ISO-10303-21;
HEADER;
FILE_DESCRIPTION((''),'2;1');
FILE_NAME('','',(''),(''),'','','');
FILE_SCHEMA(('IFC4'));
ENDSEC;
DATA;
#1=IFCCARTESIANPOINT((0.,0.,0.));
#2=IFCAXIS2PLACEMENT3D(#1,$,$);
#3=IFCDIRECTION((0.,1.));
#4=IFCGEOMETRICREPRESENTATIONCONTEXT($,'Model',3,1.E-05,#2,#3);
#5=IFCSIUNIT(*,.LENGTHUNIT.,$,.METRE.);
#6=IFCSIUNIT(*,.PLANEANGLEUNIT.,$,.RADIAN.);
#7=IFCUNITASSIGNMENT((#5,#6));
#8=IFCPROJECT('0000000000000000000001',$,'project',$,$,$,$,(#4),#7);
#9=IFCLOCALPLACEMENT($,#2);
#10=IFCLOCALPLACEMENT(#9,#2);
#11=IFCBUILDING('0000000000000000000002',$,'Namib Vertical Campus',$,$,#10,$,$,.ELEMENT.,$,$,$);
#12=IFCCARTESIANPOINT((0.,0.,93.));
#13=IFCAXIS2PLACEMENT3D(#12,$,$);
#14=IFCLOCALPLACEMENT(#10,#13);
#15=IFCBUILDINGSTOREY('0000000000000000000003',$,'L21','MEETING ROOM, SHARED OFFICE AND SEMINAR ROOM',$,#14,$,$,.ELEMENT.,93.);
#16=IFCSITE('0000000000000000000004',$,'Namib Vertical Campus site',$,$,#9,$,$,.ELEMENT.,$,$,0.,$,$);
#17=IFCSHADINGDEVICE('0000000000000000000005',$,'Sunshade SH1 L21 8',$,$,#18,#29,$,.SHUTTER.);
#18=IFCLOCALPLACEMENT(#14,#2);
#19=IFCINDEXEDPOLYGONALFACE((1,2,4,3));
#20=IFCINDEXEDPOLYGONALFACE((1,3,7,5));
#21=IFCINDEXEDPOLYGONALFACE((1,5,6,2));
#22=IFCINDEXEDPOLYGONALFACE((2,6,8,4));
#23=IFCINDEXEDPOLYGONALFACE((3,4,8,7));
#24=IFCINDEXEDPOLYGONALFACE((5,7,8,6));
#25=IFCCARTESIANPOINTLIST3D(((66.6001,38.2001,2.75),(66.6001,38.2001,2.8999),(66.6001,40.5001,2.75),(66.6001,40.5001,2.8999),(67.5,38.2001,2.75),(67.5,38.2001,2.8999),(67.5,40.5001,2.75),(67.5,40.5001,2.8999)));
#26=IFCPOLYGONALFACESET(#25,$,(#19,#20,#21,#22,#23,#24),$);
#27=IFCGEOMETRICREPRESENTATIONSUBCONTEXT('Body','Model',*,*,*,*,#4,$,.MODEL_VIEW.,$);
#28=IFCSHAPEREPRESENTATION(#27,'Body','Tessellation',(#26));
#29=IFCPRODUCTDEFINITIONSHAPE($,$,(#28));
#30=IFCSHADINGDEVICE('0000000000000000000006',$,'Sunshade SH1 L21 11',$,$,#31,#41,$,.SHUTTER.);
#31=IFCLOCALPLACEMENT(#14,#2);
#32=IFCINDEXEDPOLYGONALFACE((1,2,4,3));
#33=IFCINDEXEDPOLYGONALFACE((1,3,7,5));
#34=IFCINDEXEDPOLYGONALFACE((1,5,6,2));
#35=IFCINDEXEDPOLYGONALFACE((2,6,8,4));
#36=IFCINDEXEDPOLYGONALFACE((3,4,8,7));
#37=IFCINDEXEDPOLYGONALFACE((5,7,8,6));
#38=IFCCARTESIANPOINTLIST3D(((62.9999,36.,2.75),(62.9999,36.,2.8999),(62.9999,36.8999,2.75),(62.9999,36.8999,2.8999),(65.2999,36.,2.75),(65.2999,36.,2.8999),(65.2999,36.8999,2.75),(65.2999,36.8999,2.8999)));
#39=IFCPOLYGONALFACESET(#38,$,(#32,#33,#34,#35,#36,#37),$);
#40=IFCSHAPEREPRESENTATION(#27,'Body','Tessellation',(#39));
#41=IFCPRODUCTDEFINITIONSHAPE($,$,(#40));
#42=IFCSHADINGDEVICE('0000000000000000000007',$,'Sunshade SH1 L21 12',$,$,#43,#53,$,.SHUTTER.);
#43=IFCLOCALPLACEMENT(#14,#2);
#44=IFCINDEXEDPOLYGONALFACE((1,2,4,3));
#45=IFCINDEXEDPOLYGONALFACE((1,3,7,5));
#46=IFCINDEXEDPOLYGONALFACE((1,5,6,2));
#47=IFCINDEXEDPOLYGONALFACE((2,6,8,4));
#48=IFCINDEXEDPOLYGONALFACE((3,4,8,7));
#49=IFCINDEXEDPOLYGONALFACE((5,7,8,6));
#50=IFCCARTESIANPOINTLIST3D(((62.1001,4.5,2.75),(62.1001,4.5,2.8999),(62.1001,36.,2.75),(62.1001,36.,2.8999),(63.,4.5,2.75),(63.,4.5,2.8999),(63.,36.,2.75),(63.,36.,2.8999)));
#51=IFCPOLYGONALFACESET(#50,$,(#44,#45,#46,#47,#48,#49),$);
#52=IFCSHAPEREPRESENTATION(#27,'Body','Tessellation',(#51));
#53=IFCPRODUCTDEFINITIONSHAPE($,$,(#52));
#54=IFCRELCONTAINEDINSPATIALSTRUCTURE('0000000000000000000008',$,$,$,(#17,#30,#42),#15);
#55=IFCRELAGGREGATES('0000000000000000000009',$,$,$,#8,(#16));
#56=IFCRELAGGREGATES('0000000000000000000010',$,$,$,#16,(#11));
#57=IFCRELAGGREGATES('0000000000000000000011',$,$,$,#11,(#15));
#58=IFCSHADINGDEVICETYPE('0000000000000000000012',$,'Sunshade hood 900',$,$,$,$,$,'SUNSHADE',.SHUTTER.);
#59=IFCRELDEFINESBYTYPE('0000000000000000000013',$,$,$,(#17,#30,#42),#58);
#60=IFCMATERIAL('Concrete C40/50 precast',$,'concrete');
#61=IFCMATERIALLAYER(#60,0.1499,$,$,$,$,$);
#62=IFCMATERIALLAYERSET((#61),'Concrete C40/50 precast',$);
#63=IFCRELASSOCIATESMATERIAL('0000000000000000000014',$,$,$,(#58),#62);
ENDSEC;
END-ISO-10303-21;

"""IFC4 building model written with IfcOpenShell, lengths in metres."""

from ifc_helpers import new_model, si_unit, direction, frame, origin, origin_2d, place, context, subcontext, project, spatial, rectangle, extrude, material, layer, layer_set, type_object, element, save


model = new_model("IFC4")

# Units and contexts
model_context = context("Model", 3, precision=1e-05, world=origin(), true_north=direction((0.0, 1.0)))
body_context = subcontext(model_context, "Body", "Model", "MODEL_VIEW")
ifc_project = project(units=[si_unit("LENGTHUNIT", "METRE"), si_unit("PLANEANGLEUNIT", "RADIAN")], contexts=[model_context])

# Site, building, storey
site_placement = place(None, origin())
site = spatial("IfcSite", under=ifc_project, at=site_placement, Name="Namib Vertical Campus site", CompositionType="ELEMENT", RefElevation=0.0)
building_placement = place(site_placement, origin())
building = spatial("IfcBuilding", under=site, at=building_placement, Name="Namib Vertical Campus", CompositionType="ELEMENT")
storey_placement = place(building_placement, frame((0.0, 0.0, 93.0)))
storey = spatial("IfcBuildingStorey", under=building, at=storey_placement, Name="L21", Description="MEETING ROOM, SHARED OFFICE AND SEMINAR ROOM", CompositionType="ELEMENT", Elevation=93.0)

# Shading devices
ifc_material_1 = material(Name="Concrete C40/50 precast", Category="concrete")
ifc_layer_1 = layer(ifc_material_1, 0.1499)
ifc_layer_set_1 = layer_set([ifc_layer_1], Name="Concrete C40/50 precast")
shading_device_type = type_object("IfcShadingDeviceType", Name="Sunshade hood 900", ElementType="SUNSHADE", PredefinedType="SHUTTER", material=ifc_layer_set_1)
for number, where, z_axis, x_axis, name in (
    (1, (67.05, 39.3501, 2.75), (0.0, 0.0, 1.0), (0.0, -1.0, 0.0), "Sunshade SH1 L21 8"),
    (2, (64.1499, 36.45, 2.75), (0.0, 0.0, 1.0), (-1.0, 0.0, 0.0), "Sunshade SH1 L21 11"),
):
    element("IfcShadingDevice", number, at=place(storey_placement, frame(where, z_axis=z_axis, x_axis=x_axis)), inside=storey, type_object=shading_device_type, Name=name, PredefinedType="SHUTTER", context=body_context, shape_type="SweptSolid", body=[
        extrude(rectangle(XDim=2.3, YDim=0.8999, at=origin_2d()), origin(), (0.0, 0.0, 1.0), 0.1499),
    ])
shading_device_1_placement = place(storey_placement, frame((62.55, 20.25, 2.75), z_axis=(0.0, 0.0, 1.0), x_axis=(0.0, -1.0, 0.0)))
element("IfcShadingDevice", 3, at=shading_device_1_placement, inside=storey, type_object=shading_device_type, Name="Sunshade SH1 L21 12", PredefinedType="SHUTTER", context=body_context, shape_type="SweptSolid", body=[
    extrude(rectangle(XDim=31.5, YDim=0.8999, at=origin_2d()), origin(), (0.0, 0.0, 1.0), 0.1499),
])

save(model, "model.ifc")
